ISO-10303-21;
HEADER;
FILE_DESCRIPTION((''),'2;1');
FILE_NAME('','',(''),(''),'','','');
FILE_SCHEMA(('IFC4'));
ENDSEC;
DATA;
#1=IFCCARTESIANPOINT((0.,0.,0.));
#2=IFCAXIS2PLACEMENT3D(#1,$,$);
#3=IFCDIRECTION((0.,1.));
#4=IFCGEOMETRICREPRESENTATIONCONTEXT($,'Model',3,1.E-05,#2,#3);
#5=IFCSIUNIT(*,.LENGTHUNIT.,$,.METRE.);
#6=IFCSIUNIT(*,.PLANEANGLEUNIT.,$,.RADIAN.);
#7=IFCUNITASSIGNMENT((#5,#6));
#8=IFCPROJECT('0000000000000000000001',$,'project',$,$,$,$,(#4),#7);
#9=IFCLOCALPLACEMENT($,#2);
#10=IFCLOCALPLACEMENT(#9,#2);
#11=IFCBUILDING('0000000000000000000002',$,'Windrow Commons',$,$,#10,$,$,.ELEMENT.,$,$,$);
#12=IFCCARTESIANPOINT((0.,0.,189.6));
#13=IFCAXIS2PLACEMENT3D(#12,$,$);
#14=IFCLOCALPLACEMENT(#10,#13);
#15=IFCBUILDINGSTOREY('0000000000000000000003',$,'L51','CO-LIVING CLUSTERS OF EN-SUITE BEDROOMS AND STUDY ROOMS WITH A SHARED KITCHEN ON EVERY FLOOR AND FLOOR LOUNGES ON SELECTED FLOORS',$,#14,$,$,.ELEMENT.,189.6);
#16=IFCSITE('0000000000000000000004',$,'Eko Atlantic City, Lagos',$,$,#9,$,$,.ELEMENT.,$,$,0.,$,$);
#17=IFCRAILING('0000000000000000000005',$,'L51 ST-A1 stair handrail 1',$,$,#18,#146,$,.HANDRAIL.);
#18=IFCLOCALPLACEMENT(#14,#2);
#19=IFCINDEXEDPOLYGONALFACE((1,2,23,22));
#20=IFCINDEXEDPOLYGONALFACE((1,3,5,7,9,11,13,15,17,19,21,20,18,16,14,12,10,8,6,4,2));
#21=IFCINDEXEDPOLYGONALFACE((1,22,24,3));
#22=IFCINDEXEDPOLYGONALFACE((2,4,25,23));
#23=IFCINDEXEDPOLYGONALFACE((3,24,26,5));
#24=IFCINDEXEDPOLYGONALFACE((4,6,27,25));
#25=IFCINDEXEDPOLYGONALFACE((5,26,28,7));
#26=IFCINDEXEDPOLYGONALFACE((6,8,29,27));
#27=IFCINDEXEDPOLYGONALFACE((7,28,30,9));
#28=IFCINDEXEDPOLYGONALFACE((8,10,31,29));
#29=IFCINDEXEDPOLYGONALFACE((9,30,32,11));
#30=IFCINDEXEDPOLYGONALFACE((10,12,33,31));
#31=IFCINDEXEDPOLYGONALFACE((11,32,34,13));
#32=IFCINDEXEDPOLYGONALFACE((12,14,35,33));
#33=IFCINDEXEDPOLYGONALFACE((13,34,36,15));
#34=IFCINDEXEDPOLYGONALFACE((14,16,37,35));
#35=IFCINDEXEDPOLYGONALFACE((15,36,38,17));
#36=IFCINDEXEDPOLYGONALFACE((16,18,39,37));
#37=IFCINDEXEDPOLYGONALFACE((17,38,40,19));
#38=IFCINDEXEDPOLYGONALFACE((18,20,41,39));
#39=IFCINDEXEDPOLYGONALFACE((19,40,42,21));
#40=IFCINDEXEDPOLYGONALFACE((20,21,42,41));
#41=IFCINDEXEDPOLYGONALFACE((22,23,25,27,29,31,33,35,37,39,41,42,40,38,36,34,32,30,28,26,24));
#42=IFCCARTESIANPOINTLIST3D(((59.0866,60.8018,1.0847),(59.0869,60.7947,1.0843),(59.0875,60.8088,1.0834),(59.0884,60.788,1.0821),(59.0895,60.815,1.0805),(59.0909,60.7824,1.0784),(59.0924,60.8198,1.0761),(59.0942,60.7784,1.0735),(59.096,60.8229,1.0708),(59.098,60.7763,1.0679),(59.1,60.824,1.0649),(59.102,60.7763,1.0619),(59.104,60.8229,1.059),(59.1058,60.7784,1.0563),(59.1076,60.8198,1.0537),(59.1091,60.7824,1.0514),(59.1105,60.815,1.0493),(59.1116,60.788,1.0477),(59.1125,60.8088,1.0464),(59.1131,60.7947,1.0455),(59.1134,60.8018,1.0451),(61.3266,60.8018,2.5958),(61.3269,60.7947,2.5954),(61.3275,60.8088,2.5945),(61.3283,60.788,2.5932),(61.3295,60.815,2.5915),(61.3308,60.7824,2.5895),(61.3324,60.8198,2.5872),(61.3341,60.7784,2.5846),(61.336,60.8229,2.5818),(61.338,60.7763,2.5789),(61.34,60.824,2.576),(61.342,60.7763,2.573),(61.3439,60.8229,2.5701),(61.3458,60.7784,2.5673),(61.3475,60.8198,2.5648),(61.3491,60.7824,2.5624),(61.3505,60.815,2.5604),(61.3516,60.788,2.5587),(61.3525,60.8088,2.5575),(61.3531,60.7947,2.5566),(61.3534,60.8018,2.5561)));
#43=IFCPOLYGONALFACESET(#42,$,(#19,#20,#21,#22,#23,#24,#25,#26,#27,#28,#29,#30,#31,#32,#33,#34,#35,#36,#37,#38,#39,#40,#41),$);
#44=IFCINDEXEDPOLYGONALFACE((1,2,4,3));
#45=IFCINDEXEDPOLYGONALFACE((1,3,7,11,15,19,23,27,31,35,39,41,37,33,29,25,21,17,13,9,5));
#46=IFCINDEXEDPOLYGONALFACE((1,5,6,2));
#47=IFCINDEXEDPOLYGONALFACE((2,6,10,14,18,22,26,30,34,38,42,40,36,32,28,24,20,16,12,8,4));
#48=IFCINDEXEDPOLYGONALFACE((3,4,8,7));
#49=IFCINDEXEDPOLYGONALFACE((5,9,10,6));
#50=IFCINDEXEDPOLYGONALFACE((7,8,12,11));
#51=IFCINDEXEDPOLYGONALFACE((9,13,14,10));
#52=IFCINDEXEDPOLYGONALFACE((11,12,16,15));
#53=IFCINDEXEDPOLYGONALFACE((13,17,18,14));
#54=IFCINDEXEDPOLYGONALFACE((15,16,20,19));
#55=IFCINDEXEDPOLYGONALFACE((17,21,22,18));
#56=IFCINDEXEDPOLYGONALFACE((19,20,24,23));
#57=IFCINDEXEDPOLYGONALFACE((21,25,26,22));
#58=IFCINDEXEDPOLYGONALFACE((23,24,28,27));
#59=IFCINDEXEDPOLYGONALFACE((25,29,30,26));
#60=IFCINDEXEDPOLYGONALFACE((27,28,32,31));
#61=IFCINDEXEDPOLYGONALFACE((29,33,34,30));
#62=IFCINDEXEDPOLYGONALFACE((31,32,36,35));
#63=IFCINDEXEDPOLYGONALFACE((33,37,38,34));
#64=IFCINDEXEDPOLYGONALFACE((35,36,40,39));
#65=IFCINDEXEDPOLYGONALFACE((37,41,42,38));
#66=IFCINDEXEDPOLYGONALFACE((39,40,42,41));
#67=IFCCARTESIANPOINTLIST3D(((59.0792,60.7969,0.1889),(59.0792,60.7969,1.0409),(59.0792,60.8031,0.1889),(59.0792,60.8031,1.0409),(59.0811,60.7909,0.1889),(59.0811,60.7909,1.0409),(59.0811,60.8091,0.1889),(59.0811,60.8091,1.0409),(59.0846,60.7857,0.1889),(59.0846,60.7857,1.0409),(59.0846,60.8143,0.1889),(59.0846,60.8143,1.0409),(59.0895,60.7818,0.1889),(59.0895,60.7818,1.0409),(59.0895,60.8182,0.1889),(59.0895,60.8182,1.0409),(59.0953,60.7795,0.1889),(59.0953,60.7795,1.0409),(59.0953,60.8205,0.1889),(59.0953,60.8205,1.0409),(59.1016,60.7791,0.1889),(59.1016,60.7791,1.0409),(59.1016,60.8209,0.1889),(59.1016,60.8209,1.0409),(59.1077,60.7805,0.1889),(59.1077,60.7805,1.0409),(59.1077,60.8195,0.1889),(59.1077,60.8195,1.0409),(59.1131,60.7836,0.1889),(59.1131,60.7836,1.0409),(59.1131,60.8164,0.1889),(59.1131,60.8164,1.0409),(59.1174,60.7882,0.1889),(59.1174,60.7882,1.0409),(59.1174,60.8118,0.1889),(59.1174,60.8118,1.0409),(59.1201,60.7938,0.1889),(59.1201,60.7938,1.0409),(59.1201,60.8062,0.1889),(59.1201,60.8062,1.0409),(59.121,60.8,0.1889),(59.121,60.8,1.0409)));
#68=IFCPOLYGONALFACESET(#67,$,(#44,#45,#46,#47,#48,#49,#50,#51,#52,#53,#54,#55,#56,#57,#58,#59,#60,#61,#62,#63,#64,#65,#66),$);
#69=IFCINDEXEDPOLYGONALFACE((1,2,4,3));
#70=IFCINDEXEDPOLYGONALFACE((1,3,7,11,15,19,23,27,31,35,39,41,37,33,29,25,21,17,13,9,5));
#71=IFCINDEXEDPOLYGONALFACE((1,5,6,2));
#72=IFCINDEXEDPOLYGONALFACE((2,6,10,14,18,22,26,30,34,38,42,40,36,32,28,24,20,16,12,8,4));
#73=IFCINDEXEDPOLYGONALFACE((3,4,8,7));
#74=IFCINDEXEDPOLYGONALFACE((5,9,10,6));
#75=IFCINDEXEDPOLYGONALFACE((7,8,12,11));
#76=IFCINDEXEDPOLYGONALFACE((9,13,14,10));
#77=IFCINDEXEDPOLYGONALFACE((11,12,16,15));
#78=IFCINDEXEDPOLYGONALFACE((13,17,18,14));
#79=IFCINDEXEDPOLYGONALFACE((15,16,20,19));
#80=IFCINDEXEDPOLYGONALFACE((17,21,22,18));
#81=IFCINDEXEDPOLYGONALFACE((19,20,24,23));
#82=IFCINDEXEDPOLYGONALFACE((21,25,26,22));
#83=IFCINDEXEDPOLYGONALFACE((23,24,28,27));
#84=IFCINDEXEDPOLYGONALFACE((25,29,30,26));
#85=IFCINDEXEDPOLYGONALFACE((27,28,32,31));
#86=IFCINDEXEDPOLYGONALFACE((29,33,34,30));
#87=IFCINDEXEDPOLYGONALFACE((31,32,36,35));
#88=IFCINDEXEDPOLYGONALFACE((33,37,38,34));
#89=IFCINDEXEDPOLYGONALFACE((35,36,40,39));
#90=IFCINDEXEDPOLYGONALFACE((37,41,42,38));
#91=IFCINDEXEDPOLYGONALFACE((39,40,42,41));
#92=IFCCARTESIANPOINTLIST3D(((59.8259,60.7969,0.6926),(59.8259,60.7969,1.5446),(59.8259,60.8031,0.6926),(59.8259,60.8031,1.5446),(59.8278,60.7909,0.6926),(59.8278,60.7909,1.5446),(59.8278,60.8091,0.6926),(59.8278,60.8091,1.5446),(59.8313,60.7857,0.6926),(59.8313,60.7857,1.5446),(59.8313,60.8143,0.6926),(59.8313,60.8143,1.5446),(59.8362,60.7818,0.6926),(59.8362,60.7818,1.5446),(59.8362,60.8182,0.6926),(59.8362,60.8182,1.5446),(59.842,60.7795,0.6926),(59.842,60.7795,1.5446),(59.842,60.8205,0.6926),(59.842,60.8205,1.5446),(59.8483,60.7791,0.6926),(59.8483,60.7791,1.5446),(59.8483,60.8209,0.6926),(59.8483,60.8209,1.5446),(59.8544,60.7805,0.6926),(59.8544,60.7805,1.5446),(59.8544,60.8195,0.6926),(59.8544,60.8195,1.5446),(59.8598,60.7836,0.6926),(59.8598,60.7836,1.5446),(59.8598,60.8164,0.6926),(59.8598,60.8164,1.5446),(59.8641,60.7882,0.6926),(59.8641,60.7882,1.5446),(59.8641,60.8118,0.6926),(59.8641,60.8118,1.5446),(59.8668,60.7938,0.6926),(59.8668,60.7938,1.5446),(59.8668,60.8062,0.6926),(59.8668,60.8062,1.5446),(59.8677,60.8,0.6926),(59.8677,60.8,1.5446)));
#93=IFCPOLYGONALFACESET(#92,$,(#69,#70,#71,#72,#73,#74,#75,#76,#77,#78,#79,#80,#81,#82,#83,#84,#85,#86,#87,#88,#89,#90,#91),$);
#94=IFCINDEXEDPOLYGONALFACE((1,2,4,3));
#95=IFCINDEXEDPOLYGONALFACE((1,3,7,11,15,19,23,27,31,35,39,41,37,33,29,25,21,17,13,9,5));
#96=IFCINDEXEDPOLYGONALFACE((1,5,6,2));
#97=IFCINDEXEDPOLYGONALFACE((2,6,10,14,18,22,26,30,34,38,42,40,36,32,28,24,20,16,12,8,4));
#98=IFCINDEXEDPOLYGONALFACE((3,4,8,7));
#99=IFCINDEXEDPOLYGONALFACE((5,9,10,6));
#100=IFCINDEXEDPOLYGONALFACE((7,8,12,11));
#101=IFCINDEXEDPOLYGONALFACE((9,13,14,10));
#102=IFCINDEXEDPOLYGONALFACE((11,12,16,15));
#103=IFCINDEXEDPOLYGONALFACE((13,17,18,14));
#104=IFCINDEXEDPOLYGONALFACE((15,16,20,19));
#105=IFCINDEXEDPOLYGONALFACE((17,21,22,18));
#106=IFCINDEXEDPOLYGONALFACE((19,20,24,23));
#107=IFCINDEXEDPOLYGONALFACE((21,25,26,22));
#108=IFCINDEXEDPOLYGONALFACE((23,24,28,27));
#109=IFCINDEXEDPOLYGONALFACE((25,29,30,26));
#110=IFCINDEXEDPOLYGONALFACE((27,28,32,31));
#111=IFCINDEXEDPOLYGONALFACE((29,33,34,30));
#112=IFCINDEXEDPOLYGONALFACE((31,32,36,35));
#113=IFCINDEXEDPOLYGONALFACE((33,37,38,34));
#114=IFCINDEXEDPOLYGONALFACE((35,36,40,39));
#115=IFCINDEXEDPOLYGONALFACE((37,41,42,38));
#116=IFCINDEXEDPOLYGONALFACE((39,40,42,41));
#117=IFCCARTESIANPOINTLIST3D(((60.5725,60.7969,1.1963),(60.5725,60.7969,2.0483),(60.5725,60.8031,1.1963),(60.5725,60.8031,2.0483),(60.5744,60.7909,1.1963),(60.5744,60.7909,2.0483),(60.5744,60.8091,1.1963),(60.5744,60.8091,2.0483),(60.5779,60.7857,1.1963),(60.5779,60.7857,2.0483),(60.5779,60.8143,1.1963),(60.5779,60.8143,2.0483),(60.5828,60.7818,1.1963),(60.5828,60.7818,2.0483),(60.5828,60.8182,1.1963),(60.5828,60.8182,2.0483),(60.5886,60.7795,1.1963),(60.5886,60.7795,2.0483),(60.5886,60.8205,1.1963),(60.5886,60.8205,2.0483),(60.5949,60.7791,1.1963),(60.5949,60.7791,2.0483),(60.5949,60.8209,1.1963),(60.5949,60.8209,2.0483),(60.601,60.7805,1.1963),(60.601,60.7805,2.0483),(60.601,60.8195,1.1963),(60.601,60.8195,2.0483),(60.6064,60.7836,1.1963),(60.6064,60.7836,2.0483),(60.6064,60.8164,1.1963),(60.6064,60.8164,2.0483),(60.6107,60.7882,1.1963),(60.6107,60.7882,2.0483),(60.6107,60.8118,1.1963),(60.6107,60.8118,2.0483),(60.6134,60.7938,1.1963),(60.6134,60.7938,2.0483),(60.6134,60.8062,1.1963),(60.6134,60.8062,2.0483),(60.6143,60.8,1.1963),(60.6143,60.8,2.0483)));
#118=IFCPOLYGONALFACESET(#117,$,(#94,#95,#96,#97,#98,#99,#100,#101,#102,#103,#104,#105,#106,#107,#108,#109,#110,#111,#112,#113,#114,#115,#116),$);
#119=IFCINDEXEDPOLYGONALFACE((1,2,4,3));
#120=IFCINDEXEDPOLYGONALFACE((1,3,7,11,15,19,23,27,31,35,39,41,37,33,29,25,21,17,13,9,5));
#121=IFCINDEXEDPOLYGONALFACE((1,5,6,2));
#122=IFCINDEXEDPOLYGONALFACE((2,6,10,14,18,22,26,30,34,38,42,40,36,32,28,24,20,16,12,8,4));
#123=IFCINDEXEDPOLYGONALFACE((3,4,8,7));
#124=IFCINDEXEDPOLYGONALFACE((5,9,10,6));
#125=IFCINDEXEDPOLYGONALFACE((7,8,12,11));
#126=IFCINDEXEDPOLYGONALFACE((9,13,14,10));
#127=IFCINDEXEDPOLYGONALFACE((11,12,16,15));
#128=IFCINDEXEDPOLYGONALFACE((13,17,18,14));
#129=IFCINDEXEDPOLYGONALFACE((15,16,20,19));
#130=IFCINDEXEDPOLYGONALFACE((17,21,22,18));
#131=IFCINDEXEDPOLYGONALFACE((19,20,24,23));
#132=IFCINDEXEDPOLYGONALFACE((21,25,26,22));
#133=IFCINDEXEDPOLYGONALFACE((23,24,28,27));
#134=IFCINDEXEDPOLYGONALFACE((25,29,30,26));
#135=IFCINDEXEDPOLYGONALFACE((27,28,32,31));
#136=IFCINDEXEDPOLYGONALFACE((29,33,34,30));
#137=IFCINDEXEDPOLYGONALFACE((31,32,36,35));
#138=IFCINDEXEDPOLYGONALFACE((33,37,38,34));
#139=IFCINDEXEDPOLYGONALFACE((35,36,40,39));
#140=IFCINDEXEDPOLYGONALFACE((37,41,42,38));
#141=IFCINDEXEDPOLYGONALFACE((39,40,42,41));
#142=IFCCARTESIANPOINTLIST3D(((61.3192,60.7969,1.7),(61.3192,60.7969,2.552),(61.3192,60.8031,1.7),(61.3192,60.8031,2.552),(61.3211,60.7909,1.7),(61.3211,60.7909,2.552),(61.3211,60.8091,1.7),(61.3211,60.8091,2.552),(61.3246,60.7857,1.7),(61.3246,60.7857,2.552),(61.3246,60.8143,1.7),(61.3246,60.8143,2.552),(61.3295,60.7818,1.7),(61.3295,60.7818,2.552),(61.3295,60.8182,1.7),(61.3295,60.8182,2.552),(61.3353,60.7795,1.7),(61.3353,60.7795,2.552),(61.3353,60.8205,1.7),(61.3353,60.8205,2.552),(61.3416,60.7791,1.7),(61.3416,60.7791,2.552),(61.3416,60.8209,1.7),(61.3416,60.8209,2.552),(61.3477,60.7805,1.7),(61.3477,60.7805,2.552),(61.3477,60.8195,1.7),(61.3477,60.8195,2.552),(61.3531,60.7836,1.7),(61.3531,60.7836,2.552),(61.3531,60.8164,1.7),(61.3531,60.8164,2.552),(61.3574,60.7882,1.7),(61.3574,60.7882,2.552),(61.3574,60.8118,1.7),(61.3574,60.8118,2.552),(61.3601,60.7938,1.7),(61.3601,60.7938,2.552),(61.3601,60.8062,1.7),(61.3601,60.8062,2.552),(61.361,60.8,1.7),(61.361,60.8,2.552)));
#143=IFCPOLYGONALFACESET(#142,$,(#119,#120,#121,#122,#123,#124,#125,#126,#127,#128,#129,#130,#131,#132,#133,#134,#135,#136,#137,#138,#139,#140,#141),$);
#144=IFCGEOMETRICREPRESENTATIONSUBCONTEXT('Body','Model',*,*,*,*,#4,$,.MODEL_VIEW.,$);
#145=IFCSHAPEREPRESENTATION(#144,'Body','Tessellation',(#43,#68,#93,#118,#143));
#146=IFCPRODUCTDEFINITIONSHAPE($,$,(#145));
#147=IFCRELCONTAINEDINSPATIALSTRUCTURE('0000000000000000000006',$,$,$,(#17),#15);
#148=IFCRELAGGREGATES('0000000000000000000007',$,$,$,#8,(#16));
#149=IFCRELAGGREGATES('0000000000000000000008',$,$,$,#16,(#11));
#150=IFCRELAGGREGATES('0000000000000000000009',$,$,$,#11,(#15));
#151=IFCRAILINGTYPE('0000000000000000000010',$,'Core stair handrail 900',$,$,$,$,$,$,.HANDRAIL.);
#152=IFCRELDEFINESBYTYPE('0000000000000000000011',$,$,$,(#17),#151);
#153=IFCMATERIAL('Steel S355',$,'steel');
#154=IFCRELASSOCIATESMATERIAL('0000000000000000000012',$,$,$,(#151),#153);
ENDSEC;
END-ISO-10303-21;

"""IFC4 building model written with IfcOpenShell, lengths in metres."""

from ifc_helpers import new_model, si_unit, direction, frame, origin, origin_2d, place, context, subcontext, project, spatial, circle, extrude, material, type_object, element, save


model = new_model("IFC4")

# Units and contexts
model_context = context("Model", 3, precision=1e-05, world=origin(), true_north=direction((0.0, 1.0)))
body_context = subcontext(model_context, "Body", "Model", "MODEL_VIEW")
ifc_project = project(units=[si_unit("LENGTHUNIT", "METRE"), si_unit("PLANEANGLEUNIT", "RADIAN")], contexts=[model_context])

# Site, building, storey
site_placement = place(None, origin())
site = spatial("IfcSite", under=ifc_project, at=site_placement, Name="Eko Atlantic City, Lagos", CompositionType="ELEMENT", RefElevation=0.0)
building_placement = place(site_placement, origin())
building = spatial("IfcBuilding", under=site, at=building_placement, Name="Windrow Commons", CompositionType="ELEMENT")
storey_placement = place(building_placement, frame((0.0, 0.0, 189.6)))
storey = spatial("IfcBuildingStorey", under=building, at=storey_placement, Name="L51", Description="CO-LIVING CLUSTERS OF EN-SUITE BEDROOMS AND STUDY ROOMS WITH A SHARED KITCHEN ON EVERY FLOOR AND FLOOR LOUNGES ON SELECTED FLOORS", CompositionType="ELEMENT", Elevation=189.6)

# Railing
ifc_material_1 = material(Name="Steel S355", Category="steel")
railing_type_1 = type_object("IfcRailingType", Name="Core stair handrail 900", PredefinedType="HANDRAIL", material=ifc_material_1)
railing_1_placement = place(storey_placement, frame((59.1, 60.8, 0.1889)))
element("IfcRailing", 1, at=railing_1_placement, inside=storey, type_object=railing_type_1, Name="L51 ST-A1 stair handrail 1", PredefinedType="HANDRAIL", context=body_context, shape_type="SweptSolid", body=[
    extrude(circle(Radius=0.024, at=origin_2d()), frame((0.0, 0.0, 0.876), z_axis=(0.829003, 0.0, 0.559244), x_axis=(0.0, 1.0, 0.0)), (0.0, 0.0, 1.0), 2.702),
    extrude(circle(Radius=0.021, at=origin_2d()), origin(), (0.0, 0.0, 1.0), 0.852),
    extrude(circle(Radius=0.021, at=origin_2d()), frame((0.7467, 0.0, 0.5037)), (0.0, 0.0, 1.0), 0.852),
    extrude(circle(Radius=0.021, at=origin_2d()), frame((1.4933, 0.0, 1.0074)), (0.0, 0.0, 1.0), 0.852),
    extrude(circle(Radius=0.021, at=origin_2d()), frame((2.24, 0.0, 1.5111)), (0.0, 0.0, 1.0), 0.852),
])

save(model, "model.ifc")
